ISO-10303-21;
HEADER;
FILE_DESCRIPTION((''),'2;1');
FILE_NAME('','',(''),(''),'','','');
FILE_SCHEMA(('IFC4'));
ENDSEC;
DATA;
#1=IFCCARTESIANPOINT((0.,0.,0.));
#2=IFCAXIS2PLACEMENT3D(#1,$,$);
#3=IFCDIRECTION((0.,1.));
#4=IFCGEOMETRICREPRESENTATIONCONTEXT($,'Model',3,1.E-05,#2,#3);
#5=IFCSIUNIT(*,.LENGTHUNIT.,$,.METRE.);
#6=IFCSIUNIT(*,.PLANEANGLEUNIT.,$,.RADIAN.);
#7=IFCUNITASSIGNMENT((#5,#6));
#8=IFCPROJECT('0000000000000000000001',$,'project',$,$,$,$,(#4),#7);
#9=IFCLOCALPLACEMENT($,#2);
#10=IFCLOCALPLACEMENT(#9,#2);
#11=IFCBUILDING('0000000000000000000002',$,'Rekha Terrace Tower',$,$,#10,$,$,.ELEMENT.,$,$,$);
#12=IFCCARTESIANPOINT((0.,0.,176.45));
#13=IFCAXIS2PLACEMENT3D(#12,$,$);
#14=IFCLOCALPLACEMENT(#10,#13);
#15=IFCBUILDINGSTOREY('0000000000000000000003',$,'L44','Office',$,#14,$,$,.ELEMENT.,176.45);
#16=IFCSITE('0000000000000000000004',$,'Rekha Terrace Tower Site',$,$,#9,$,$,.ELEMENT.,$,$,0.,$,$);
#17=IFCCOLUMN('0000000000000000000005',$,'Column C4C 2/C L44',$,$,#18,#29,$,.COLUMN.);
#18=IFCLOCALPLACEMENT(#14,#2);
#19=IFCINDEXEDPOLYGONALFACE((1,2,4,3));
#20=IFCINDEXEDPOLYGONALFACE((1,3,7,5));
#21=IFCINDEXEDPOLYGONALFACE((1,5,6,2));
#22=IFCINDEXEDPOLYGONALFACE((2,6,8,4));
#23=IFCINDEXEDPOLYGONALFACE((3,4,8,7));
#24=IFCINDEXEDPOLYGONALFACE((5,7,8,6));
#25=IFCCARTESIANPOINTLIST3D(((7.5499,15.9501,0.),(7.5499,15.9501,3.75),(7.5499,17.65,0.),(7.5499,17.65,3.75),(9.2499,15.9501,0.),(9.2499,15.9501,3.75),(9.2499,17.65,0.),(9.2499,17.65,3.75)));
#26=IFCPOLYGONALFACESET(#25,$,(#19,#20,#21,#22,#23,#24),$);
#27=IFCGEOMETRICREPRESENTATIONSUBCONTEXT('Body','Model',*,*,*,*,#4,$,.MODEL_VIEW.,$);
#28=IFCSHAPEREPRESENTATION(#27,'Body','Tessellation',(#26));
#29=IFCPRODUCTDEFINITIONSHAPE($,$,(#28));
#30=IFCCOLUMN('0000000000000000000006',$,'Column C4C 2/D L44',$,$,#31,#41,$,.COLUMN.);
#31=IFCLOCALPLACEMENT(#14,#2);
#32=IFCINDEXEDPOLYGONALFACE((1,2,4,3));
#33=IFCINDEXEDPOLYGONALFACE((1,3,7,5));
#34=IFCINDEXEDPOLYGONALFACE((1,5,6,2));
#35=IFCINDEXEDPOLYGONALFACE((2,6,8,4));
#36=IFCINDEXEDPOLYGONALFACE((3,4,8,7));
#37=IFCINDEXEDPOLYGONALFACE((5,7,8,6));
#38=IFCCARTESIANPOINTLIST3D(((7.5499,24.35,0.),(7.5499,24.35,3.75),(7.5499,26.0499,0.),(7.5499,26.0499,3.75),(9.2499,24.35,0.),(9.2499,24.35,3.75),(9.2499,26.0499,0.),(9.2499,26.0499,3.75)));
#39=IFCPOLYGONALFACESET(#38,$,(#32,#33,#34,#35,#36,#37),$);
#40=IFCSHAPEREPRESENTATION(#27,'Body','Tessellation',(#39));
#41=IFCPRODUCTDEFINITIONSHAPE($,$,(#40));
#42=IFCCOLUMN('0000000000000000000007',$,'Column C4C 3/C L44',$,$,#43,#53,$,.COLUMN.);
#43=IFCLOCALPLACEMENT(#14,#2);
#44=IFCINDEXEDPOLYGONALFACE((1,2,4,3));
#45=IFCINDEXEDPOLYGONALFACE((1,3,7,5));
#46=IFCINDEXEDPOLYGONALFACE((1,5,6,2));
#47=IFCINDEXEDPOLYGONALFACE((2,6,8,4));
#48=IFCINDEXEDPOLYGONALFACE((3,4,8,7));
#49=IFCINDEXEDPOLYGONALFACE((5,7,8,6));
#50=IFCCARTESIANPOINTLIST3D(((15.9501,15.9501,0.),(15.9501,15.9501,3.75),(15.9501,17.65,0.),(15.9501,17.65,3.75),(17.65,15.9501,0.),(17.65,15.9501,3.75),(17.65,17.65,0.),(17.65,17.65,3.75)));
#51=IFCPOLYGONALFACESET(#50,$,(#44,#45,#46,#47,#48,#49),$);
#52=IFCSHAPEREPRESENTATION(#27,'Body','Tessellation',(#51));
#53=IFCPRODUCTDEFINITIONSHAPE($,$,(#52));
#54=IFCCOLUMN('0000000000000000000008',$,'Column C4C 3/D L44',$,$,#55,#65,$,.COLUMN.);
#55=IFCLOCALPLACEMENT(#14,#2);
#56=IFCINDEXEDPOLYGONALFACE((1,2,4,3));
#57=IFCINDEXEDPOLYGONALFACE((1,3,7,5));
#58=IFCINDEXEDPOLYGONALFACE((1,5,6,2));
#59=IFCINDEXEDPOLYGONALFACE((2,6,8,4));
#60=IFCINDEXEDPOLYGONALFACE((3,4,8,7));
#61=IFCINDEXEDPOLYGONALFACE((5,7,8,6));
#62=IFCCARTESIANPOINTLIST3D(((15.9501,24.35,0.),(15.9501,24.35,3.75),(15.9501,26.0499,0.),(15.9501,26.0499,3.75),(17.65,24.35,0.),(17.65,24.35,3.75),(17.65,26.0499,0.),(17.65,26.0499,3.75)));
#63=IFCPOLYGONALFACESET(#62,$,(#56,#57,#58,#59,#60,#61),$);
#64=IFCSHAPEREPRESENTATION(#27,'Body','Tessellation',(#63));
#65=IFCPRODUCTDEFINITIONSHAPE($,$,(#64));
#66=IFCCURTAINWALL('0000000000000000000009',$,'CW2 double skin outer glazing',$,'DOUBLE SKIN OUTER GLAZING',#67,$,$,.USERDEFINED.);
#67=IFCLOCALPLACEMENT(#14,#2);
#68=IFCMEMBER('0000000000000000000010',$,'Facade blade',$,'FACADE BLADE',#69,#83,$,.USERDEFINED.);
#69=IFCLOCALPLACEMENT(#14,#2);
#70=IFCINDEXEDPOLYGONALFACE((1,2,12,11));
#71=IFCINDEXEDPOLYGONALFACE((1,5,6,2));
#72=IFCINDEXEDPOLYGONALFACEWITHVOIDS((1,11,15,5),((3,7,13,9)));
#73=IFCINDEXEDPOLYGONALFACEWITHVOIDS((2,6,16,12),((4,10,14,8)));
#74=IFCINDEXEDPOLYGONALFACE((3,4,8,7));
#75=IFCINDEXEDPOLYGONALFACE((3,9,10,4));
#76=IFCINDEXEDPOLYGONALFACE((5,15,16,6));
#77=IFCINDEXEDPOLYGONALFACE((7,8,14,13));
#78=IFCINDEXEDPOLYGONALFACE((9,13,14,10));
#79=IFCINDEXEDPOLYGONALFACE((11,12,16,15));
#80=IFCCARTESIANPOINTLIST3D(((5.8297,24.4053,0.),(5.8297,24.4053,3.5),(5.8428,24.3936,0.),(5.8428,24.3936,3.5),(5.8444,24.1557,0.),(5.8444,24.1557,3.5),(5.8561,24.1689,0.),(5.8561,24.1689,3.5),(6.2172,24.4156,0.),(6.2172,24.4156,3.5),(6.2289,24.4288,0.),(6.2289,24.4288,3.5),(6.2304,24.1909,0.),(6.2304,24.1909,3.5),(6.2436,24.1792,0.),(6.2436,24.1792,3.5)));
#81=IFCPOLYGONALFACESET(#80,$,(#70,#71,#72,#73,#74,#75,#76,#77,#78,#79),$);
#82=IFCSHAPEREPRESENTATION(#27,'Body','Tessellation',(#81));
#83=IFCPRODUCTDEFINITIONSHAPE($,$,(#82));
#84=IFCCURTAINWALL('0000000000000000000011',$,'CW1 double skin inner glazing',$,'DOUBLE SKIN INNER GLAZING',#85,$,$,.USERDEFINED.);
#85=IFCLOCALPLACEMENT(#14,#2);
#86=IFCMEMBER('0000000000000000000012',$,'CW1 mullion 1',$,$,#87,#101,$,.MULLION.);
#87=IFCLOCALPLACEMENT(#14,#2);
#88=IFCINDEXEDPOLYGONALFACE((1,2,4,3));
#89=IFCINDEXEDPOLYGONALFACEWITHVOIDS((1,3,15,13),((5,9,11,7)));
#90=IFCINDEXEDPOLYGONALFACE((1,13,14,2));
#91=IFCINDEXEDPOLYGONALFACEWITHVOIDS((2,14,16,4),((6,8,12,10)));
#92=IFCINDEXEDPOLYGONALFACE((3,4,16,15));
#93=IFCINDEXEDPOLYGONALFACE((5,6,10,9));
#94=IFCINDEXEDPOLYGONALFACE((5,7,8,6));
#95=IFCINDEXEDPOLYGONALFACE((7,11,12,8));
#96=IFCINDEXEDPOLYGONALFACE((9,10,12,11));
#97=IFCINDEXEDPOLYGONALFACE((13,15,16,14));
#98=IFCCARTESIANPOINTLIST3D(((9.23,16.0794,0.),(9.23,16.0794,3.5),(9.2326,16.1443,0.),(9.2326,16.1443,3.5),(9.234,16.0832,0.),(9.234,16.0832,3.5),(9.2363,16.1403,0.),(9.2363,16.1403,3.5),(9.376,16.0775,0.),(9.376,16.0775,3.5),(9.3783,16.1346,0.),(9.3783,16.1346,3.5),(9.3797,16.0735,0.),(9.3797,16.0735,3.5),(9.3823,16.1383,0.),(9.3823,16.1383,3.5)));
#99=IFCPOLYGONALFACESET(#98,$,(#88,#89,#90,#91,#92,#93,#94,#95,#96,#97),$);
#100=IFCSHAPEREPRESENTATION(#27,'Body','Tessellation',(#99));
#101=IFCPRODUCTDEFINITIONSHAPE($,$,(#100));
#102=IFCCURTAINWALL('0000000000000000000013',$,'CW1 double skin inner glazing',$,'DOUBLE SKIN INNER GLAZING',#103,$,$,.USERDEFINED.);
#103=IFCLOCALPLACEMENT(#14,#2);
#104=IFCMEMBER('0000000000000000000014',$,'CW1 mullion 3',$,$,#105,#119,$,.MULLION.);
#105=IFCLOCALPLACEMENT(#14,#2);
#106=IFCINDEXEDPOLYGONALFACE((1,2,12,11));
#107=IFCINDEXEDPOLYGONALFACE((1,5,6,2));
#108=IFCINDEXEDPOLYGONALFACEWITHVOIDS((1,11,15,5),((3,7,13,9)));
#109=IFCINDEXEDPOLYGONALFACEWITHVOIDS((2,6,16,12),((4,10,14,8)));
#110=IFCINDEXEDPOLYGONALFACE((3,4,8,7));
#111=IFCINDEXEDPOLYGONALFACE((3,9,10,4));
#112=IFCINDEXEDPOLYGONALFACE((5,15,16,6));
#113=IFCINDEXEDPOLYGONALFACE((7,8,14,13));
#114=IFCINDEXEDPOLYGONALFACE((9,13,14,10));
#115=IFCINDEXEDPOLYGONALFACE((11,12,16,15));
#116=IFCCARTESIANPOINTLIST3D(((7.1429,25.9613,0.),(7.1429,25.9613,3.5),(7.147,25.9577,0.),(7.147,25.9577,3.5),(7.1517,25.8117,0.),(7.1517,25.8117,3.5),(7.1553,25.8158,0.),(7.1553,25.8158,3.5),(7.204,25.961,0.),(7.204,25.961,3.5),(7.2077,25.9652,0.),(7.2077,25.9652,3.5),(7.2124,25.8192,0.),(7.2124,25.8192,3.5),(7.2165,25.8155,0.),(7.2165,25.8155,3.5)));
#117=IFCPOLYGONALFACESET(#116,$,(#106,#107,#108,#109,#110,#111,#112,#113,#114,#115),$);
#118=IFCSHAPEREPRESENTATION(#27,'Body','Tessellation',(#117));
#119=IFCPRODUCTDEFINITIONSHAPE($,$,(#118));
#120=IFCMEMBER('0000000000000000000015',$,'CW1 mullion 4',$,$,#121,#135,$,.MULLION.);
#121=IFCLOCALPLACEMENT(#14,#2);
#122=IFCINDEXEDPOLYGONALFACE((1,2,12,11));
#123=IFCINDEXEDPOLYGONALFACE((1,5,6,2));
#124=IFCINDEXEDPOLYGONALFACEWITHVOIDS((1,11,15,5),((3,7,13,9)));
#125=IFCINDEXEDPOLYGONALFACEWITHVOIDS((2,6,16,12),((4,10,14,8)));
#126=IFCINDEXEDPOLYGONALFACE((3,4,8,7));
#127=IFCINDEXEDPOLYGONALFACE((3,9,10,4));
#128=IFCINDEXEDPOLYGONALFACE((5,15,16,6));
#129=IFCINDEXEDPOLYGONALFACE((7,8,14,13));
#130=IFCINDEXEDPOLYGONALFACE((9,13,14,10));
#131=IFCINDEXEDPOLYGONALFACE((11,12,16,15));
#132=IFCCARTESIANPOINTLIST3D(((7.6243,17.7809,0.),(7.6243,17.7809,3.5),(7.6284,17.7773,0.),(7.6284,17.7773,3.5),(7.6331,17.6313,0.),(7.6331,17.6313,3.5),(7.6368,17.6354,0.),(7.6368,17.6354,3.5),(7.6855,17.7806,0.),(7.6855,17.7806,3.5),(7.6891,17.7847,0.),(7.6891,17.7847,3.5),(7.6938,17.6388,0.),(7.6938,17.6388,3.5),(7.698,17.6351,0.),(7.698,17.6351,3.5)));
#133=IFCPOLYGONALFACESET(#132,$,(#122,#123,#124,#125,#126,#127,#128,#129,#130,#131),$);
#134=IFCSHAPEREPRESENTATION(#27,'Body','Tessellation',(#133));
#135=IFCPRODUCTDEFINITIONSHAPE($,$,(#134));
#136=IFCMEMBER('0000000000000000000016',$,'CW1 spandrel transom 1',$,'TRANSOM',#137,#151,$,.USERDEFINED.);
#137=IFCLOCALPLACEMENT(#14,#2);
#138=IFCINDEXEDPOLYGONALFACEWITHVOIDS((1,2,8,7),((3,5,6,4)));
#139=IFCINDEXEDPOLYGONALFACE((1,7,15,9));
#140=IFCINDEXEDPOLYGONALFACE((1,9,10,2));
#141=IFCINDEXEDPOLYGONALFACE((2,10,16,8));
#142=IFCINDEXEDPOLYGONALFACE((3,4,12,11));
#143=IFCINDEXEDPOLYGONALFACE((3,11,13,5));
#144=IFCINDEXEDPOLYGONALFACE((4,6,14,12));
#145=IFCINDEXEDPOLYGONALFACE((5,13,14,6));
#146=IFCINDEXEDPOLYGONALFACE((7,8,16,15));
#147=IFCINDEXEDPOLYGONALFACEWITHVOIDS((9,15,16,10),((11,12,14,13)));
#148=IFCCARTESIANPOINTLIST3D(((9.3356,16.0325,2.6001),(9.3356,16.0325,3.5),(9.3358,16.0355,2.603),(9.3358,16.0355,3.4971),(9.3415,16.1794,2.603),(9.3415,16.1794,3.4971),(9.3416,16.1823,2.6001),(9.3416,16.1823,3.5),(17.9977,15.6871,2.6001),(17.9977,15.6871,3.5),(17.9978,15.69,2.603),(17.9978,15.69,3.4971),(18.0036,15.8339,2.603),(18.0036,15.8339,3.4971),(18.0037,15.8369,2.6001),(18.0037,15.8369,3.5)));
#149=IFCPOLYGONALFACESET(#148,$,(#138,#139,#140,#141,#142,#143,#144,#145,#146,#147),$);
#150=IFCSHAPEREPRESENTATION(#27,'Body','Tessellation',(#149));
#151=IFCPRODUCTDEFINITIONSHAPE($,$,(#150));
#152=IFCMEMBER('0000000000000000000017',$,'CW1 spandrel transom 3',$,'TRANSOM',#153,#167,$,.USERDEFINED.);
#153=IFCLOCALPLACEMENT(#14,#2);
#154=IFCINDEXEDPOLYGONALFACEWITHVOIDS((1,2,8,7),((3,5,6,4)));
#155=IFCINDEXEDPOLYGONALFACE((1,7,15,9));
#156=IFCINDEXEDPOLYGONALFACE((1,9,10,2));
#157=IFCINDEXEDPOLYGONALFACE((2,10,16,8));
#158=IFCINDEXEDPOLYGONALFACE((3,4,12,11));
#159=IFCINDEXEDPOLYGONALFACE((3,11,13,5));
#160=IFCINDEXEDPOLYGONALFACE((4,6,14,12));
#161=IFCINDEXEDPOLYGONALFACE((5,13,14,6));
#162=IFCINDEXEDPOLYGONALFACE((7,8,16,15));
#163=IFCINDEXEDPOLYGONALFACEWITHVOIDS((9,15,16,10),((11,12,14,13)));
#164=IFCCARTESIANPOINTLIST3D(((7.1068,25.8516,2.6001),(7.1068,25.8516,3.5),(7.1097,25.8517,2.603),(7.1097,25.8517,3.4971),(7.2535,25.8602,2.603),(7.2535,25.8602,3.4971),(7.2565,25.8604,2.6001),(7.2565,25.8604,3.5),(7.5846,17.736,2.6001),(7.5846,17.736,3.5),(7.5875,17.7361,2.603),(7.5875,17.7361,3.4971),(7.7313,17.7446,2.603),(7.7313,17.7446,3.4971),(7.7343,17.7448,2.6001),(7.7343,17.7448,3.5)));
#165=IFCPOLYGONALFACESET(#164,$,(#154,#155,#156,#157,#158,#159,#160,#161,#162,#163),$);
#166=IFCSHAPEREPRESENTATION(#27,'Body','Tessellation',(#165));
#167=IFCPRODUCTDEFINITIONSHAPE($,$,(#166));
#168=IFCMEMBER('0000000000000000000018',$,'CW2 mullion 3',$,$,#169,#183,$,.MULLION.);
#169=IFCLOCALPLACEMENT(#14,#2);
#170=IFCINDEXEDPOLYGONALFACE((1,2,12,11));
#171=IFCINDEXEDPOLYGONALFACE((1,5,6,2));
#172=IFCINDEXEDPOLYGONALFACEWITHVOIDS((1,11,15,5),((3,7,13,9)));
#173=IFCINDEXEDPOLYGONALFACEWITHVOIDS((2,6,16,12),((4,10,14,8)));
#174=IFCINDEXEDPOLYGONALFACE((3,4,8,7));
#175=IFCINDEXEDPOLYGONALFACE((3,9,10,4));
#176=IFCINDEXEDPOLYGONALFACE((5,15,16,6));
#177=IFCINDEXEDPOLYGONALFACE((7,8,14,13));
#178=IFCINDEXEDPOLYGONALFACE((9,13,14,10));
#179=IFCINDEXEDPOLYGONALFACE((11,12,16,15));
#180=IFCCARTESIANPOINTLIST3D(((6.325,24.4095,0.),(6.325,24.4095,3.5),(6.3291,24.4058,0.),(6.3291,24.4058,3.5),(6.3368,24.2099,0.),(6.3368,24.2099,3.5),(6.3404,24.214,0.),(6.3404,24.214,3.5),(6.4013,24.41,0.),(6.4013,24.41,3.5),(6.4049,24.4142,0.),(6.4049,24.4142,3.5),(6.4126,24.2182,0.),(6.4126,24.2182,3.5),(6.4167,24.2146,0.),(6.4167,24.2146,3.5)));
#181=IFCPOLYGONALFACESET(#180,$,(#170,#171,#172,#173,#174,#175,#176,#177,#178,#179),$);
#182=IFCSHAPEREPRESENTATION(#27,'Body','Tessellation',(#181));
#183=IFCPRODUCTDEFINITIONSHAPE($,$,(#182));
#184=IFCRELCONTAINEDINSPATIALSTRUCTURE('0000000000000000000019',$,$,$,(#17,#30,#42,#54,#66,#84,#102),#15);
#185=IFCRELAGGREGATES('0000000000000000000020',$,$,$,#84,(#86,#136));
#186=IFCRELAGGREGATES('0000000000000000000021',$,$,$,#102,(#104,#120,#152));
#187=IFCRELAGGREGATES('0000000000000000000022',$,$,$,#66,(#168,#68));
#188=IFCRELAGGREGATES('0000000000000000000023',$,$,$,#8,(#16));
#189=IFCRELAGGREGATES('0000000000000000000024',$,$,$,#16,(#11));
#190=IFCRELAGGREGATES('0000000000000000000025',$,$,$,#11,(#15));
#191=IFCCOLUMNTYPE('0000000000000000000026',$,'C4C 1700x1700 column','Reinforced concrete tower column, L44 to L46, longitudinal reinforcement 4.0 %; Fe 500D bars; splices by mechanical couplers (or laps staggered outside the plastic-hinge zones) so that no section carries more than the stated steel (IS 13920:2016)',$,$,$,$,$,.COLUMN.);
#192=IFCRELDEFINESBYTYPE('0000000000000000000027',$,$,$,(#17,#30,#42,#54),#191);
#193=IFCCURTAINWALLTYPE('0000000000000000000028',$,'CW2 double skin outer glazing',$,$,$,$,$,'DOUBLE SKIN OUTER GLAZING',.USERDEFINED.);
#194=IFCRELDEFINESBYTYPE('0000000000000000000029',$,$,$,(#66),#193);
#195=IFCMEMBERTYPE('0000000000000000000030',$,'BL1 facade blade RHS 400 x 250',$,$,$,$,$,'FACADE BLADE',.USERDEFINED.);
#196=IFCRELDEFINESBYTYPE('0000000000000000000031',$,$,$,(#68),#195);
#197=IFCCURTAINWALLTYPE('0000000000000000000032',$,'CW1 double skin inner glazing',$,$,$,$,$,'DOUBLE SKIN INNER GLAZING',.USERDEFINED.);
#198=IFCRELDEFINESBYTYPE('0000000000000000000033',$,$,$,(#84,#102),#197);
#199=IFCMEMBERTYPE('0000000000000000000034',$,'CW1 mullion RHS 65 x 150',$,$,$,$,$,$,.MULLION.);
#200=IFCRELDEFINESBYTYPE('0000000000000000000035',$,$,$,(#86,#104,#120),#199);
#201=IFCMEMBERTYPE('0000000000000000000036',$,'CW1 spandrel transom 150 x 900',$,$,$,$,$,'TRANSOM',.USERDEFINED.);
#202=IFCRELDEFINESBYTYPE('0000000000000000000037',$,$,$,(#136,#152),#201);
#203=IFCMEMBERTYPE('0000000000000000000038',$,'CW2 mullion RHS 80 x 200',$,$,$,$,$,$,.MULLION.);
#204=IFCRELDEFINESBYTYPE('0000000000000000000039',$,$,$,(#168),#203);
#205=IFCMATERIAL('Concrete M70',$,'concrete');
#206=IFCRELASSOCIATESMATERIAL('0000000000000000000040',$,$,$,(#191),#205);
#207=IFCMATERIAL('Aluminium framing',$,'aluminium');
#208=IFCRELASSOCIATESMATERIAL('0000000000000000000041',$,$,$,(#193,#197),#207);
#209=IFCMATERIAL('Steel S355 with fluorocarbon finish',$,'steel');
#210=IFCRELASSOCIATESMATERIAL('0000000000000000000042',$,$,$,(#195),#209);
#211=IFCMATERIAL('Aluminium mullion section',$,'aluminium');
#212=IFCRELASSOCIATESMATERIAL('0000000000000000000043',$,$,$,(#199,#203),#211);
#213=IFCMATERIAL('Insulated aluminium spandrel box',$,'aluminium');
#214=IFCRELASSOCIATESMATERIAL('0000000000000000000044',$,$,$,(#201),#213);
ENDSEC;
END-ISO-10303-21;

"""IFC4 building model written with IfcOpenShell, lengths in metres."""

from ifc_helpers import new_model, si_unit, direction, frame, origin, origin_2d, place, context, subcontext, project, spatial, rectangle, hollow_rectangle, extrude, material, material_profile, profile_set, type_object, element, aggregate, save


model = new_model("IFC4")

# Units and contexts
model_context = context("Model", 3, precision=1e-05, world=origin(), true_north=direction((0.0, 1.0)))
body_context = subcontext(model_context, "Body", "Model", "MODEL_VIEW")
ifc_project = project(units=[si_unit("LENGTHUNIT", "METRE"), si_unit("PLANEANGLEUNIT", "RADIAN")], contexts=[model_context])

# Site, building, storey
site_placement = place(None, origin())
site = spatial("IfcSite", under=ifc_project, at=site_placement, Name="Rekha Terrace Tower Site", CompositionType="ELEMENT", RefElevation=0.0)
building_placement = place(site_placement, origin())
building = spatial("IfcBuilding", under=site, at=building_placement, Name="Rekha Terrace Tower", CompositionType="ELEMENT")
storey_placement = place(building_placement, frame((0.0, 0.0, 176.45)))
storey = spatial("IfcBuildingStorey", under=building, at=storey_placement, Name="L44", Description="Office", CompositionType="ELEMENT", Elevation=176.45)

# Columns
ifc_material_1 = material(Name="Concrete M70", Category="concrete")
ifc_material_profile_1 = material_profile(ifc_material_1, rectangle(XDim=1.7, YDim=1.7, at=origin_2d()), Name="RC 1700x1700")
ifc_profile_set_1 = profile_set([ifc_material_profile_1], Name="Concrete M70")
column_type = type_object("IfcColumnType", Name="C4C 1700x1700 column", Description="Reinforced concrete tower column, L44 to L46, longitudinal reinforcement 4.0 %; Fe 500D bars; splices by mechanical couplers (or laps staggered outside the plastic-hinge zones) so that no section carries more than the stated steel (IS 13920:2016)", PredefinedType="COLUMN", material=ifc_profile_set_1)
for number, where, z_axis, x_axis, name in (
    (1, (8.3999, 16.8, 0.0), (0.0, 0.0, 1.0), (1.0, 0.0, 0.0), "Column C4C 2/C L44"),
    (2, (8.3999, 25.2, 0.0), (0.0, 0.0, 1.0), (1.0, 0.0, 0.0), "Column C4C 2/D L44"),
    (3, (16.8, 16.8, 0.0), (0.0, 0.0, 1.0), (1.0, 0.0, 0.0), "Column C4C 3/C L44"),
    (4, (16.8, 25.2, 0.0), (0.0, 0.0, 1.0), (1.0, 0.0, 0.0), "Column C4C 3/D L44"),
):
    element("IfcColumn", number, at=place(storey_placement, frame(where, z_axis=z_axis, x_axis=x_axis)), inside=storey, type_object=column_type, Name=name, PredefinedType="COLUMN", context=body_context, shape_type="SweptSolid", body=[
        extrude(rectangle(XDim=1.7, YDim=1.7, at=origin_2d()), origin(), (0.0, 0.0, 1.0), 3.75),
    ])

# Curtain walls, members
ifc_material_2 = material(Name="Aluminium framing", Category="aluminium")
curtain_wall_type_1 = type_object("IfcCurtainWallType", Name="CW2 double skin outer glazing", ElementType="DOUBLE SKIN OUTER GLAZING", PredefinedType="USERDEFINED", material=ifc_material_2)
curtain_wall_1_placement = place(storey_placement, origin())
curtain_wall_1 = element("IfcCurtainWall", 5, at=curtain_wall_1_placement, inside=storey, type_object=curtain_wall_type_1, Name="CW2 double skin outer glazing", ObjectType="DOUBLE SKIN OUTER GLAZING", PredefinedType="USERDEFINED")
ifc_material_3 = material(Name="Steel S355 with fluorocarbon finish", Category="steel")
ifc_material_profile_2 = material_profile(ifc_material_3, hollow_rectangle(XDim=0.25, YDim=0.3999, WallThickness=0.0125, at=origin_2d()), Name="RHS400x250x12.5")
ifc_profile_set_2 = profile_set([ifc_material_profile_2], Name="Steel S355 with fluorocarbon finish")
member_type_1 = type_object("IfcMemberType", Name="BL1 facade blade RHS 400 x 250", ElementType="FACADE BLADE", PredefinedType="USERDEFINED", material=ifc_profile_set_2)
member_1_placement = place(storey_placement, frame((6.0366, 24.2922, 0.0), z_axis=(0.0, 0.0, 1.0), x_axis=(0.058765, -0.998272, 0.0)))
member_1 = element("IfcMember", 6, at=member_1_placement, type_object=member_type_1, Name="Facade blade", ObjectType="FACADE BLADE", PredefinedType="USERDEFINED", context=body_context, shape_type="SweptSolid", body=[
    extrude(hollow_rectangle(XDim=0.25, YDim=0.3999, WallThickness=0.0125, at=origin_2d()), origin(), (0.0, 0.0, 1.0), 3.5),
])
curtain_wall_type_2 = type_object("IfcCurtainWallType", Name="CW1 double skin inner glazing", ElementType="DOUBLE SKIN INNER GLAZING", PredefinedType="USERDEFINED", material=ifc_material_2)
curtain_wall_2_placement = place(storey_placement, origin())
curtain_wall_2 = element("IfcCurtainWall", 7, at=curtain_wall_2_placement, inside=storey, type_object=curtain_wall_type_2, Name="CW1 double skin inner glazing", ObjectType="DOUBLE SKIN INNER GLAZING", PredefinedType="USERDEFINED")
ifc_material_4 = material(Name="Aluminium mullion section", Category="aluminium")
ifc_material_profile_3 = material_profile(ifc_material_4, hollow_rectangle(XDim=0.0649, YDim=0.1499, WallThickness=0.0039, at=origin_2d()), Name="AL RHS 65x150")
ifc_profile_set_3 = profile_set([ifc_material_profile_3], Name="Aluminium mullion section")
member_type_2 = type_object("IfcMemberType", Name="CW1 mullion RHS 65 x 150", PredefinedType="MULLION", material=ifc_profile_set_3)
member_2_placement = place(storey_placement, frame((9.3062, 16.1089, 0.0), z_axis=(0.0, 0.0, 1.0), x_axis=(0.039872, 0.999205, 0.0)))
member_2 = element("IfcMember", 8, at=member_2_placement, type_object=member_type_2, Name="CW1 mullion 1", PredefinedType="MULLION", context=body_context, shape_type="SweptSolid", body=[
    extrude(hollow_rectangle(XDim=0.0649, YDim=0.1499, WallThickness=0.0039, at=origin_2d()), origin(), (0.0, 0.0, 1.0), 3.5),
])

# Curtain wall, members
curtain_wall_3_placement = place(storey_placement, origin())
curtain_wall_3 = element("IfcCurtainWall", 9, at=curtain_wall_3_placement, inside=storey, type_object=curtain_wall_type_2, Name="CW1 double skin inner glazing", ObjectType="DOUBLE SKIN INNER GLAZING", PredefinedType="USERDEFINED")
member_3_placement = place(storey_placement, frame((7.1797, 25.8884, 0.0), z_axis=(0.0, 0.0, 1.0), x_axis=(0.998272, 0.058765, 0.0)))
member_3 = element("IfcMember", 10, at=member_3_placement, type_object=member_type_2, Name="CW1 mullion 3", PredefinedType="MULLION", context=body_context, shape_type="SweptSolid", body=[
    extrude(hollow_rectangle(XDim=0.0649, YDim=0.1499, WallThickness=0.0039, at=origin_2d()), origin(), (0.0, 0.0, 1.0), 3.5),
])
member_4_placement = place(storey_placement, frame((7.6611, 17.708, 0.0), z_axis=(0.0, 0.0, 1.0), x_axis=(0.998272, 0.058765, 0.0)))
member_4 = element("IfcMember", 11, at=member_4_placement, type_object=member_type_2, Name="CW1 mullion 4", PredefinedType="MULLION", context=body_context, shape_type="SweptSolid", body=[
    extrude(hollow_rectangle(XDim=0.0649, YDim=0.1499, WallThickness=0.0039, at=origin_2d()), origin(), (0.0, 0.0, 1.0), 3.5),
])

# Members
ifc_material_5 = material(Name="Insulated aluminium spandrel box", Category="aluminium")
ifc_material_profile_4 = material_profile(ifc_material_5, hollow_rectangle(XDim=0.1499, YDim=0.8999, WallThickness=0.0029, at=origin_2d()), Name="AL SPANDREL BOX 150x900")
ifc_profile_set_4 = profile_set([ifc_material_profile_4], Name="Insulated aluminium spandrel box")
member_type_3 = type_object("IfcMemberType", Name="CW1 spandrel transom 150 x 900", ElementType="TRANSOM", PredefinedType="USERDEFINED", material=ifc_profile_set_4)
member_5_placement = place(storey_placement, frame((9.3386, 16.1074, 3.05), z_axis=(0.999206, -0.03985, 0.0), x_axis=(0.03985, 0.999206, 0.0)))
member_5 = element("IfcMember", 12, at=member_5_placement, type_object=member_type_3, Name="CW1 spandrel transom 1", ObjectType="TRANSOM", PredefinedType="USERDEFINED", context=body_context, shape_type="SweptSolid", body=[
    extrude(hollow_rectangle(XDim=0.1499, YDim=0.8999, WallThickness=0.0029, at=origin_2d()), origin(), (0.0, 0.0, 1.0), 8.6689),
])
aggregate(curtain_wall_2, [member_2, member_5])
member_6_placement = place(storey_placement, frame((7.1816, 25.856, 3.05), z_axis=(0.058771, -0.998271, 0.0), x_axis=(0.998271, 0.058771, 0.0)))
member_6 = element("IfcMember", 13, at=member_6_placement, type_object=member_type_3, Name="CW1 spandrel transom 3", ObjectType="TRANSOM", PredefinedType="USERDEFINED", context=body_context, shape_type="SweptSolid", body=[
    extrude(hollow_rectangle(XDim=0.1499, YDim=0.8999, WallThickness=0.0029, at=origin_2d()), origin(), (0.0, 0.0, 1.0), 8.1296),
])
ifc_material_profile_5 = material_profile(ifc_material_4, hollow_rectangle(XDim=0.0801, YDim=0.2, WallThickness=0.0039, at=origin_2d()), Name="AL RHS 80x200")
ifc_profile_set_5 = profile_set([ifc_material_profile_5], Name="Aluminium mullion section")
member_type_4 = type_object("IfcMemberType", Name="CW2 mullion RHS 80 x 200", PredefinedType="MULLION", material=ifc_profile_set_5)
member_7_placement = place(storey_placement, frame((6.3708, 24.312, 0.0), z_axis=(0.0, 0.0, 1.0), x_axis=(0.998272, 0.058765, 0.0)))
member_7 = element("IfcMember", 14, at=member_7_placement, type_object=member_type_4, Name="CW2 mullion 3", PredefinedType="MULLION", context=body_context, shape_type="SweptSolid", body=[
    extrude(hollow_rectangle(XDim=0.0801, YDim=0.2, WallThickness=0.0039, at=origin_2d()), origin(), (0.0, 0.0, 1.0), 3.5),
])

aggregate(curtain_wall_3, [member_3, member_4, member_6])
aggregate(curtain_wall_1, [member_7, member_1])

save(model, "model.ifc")
